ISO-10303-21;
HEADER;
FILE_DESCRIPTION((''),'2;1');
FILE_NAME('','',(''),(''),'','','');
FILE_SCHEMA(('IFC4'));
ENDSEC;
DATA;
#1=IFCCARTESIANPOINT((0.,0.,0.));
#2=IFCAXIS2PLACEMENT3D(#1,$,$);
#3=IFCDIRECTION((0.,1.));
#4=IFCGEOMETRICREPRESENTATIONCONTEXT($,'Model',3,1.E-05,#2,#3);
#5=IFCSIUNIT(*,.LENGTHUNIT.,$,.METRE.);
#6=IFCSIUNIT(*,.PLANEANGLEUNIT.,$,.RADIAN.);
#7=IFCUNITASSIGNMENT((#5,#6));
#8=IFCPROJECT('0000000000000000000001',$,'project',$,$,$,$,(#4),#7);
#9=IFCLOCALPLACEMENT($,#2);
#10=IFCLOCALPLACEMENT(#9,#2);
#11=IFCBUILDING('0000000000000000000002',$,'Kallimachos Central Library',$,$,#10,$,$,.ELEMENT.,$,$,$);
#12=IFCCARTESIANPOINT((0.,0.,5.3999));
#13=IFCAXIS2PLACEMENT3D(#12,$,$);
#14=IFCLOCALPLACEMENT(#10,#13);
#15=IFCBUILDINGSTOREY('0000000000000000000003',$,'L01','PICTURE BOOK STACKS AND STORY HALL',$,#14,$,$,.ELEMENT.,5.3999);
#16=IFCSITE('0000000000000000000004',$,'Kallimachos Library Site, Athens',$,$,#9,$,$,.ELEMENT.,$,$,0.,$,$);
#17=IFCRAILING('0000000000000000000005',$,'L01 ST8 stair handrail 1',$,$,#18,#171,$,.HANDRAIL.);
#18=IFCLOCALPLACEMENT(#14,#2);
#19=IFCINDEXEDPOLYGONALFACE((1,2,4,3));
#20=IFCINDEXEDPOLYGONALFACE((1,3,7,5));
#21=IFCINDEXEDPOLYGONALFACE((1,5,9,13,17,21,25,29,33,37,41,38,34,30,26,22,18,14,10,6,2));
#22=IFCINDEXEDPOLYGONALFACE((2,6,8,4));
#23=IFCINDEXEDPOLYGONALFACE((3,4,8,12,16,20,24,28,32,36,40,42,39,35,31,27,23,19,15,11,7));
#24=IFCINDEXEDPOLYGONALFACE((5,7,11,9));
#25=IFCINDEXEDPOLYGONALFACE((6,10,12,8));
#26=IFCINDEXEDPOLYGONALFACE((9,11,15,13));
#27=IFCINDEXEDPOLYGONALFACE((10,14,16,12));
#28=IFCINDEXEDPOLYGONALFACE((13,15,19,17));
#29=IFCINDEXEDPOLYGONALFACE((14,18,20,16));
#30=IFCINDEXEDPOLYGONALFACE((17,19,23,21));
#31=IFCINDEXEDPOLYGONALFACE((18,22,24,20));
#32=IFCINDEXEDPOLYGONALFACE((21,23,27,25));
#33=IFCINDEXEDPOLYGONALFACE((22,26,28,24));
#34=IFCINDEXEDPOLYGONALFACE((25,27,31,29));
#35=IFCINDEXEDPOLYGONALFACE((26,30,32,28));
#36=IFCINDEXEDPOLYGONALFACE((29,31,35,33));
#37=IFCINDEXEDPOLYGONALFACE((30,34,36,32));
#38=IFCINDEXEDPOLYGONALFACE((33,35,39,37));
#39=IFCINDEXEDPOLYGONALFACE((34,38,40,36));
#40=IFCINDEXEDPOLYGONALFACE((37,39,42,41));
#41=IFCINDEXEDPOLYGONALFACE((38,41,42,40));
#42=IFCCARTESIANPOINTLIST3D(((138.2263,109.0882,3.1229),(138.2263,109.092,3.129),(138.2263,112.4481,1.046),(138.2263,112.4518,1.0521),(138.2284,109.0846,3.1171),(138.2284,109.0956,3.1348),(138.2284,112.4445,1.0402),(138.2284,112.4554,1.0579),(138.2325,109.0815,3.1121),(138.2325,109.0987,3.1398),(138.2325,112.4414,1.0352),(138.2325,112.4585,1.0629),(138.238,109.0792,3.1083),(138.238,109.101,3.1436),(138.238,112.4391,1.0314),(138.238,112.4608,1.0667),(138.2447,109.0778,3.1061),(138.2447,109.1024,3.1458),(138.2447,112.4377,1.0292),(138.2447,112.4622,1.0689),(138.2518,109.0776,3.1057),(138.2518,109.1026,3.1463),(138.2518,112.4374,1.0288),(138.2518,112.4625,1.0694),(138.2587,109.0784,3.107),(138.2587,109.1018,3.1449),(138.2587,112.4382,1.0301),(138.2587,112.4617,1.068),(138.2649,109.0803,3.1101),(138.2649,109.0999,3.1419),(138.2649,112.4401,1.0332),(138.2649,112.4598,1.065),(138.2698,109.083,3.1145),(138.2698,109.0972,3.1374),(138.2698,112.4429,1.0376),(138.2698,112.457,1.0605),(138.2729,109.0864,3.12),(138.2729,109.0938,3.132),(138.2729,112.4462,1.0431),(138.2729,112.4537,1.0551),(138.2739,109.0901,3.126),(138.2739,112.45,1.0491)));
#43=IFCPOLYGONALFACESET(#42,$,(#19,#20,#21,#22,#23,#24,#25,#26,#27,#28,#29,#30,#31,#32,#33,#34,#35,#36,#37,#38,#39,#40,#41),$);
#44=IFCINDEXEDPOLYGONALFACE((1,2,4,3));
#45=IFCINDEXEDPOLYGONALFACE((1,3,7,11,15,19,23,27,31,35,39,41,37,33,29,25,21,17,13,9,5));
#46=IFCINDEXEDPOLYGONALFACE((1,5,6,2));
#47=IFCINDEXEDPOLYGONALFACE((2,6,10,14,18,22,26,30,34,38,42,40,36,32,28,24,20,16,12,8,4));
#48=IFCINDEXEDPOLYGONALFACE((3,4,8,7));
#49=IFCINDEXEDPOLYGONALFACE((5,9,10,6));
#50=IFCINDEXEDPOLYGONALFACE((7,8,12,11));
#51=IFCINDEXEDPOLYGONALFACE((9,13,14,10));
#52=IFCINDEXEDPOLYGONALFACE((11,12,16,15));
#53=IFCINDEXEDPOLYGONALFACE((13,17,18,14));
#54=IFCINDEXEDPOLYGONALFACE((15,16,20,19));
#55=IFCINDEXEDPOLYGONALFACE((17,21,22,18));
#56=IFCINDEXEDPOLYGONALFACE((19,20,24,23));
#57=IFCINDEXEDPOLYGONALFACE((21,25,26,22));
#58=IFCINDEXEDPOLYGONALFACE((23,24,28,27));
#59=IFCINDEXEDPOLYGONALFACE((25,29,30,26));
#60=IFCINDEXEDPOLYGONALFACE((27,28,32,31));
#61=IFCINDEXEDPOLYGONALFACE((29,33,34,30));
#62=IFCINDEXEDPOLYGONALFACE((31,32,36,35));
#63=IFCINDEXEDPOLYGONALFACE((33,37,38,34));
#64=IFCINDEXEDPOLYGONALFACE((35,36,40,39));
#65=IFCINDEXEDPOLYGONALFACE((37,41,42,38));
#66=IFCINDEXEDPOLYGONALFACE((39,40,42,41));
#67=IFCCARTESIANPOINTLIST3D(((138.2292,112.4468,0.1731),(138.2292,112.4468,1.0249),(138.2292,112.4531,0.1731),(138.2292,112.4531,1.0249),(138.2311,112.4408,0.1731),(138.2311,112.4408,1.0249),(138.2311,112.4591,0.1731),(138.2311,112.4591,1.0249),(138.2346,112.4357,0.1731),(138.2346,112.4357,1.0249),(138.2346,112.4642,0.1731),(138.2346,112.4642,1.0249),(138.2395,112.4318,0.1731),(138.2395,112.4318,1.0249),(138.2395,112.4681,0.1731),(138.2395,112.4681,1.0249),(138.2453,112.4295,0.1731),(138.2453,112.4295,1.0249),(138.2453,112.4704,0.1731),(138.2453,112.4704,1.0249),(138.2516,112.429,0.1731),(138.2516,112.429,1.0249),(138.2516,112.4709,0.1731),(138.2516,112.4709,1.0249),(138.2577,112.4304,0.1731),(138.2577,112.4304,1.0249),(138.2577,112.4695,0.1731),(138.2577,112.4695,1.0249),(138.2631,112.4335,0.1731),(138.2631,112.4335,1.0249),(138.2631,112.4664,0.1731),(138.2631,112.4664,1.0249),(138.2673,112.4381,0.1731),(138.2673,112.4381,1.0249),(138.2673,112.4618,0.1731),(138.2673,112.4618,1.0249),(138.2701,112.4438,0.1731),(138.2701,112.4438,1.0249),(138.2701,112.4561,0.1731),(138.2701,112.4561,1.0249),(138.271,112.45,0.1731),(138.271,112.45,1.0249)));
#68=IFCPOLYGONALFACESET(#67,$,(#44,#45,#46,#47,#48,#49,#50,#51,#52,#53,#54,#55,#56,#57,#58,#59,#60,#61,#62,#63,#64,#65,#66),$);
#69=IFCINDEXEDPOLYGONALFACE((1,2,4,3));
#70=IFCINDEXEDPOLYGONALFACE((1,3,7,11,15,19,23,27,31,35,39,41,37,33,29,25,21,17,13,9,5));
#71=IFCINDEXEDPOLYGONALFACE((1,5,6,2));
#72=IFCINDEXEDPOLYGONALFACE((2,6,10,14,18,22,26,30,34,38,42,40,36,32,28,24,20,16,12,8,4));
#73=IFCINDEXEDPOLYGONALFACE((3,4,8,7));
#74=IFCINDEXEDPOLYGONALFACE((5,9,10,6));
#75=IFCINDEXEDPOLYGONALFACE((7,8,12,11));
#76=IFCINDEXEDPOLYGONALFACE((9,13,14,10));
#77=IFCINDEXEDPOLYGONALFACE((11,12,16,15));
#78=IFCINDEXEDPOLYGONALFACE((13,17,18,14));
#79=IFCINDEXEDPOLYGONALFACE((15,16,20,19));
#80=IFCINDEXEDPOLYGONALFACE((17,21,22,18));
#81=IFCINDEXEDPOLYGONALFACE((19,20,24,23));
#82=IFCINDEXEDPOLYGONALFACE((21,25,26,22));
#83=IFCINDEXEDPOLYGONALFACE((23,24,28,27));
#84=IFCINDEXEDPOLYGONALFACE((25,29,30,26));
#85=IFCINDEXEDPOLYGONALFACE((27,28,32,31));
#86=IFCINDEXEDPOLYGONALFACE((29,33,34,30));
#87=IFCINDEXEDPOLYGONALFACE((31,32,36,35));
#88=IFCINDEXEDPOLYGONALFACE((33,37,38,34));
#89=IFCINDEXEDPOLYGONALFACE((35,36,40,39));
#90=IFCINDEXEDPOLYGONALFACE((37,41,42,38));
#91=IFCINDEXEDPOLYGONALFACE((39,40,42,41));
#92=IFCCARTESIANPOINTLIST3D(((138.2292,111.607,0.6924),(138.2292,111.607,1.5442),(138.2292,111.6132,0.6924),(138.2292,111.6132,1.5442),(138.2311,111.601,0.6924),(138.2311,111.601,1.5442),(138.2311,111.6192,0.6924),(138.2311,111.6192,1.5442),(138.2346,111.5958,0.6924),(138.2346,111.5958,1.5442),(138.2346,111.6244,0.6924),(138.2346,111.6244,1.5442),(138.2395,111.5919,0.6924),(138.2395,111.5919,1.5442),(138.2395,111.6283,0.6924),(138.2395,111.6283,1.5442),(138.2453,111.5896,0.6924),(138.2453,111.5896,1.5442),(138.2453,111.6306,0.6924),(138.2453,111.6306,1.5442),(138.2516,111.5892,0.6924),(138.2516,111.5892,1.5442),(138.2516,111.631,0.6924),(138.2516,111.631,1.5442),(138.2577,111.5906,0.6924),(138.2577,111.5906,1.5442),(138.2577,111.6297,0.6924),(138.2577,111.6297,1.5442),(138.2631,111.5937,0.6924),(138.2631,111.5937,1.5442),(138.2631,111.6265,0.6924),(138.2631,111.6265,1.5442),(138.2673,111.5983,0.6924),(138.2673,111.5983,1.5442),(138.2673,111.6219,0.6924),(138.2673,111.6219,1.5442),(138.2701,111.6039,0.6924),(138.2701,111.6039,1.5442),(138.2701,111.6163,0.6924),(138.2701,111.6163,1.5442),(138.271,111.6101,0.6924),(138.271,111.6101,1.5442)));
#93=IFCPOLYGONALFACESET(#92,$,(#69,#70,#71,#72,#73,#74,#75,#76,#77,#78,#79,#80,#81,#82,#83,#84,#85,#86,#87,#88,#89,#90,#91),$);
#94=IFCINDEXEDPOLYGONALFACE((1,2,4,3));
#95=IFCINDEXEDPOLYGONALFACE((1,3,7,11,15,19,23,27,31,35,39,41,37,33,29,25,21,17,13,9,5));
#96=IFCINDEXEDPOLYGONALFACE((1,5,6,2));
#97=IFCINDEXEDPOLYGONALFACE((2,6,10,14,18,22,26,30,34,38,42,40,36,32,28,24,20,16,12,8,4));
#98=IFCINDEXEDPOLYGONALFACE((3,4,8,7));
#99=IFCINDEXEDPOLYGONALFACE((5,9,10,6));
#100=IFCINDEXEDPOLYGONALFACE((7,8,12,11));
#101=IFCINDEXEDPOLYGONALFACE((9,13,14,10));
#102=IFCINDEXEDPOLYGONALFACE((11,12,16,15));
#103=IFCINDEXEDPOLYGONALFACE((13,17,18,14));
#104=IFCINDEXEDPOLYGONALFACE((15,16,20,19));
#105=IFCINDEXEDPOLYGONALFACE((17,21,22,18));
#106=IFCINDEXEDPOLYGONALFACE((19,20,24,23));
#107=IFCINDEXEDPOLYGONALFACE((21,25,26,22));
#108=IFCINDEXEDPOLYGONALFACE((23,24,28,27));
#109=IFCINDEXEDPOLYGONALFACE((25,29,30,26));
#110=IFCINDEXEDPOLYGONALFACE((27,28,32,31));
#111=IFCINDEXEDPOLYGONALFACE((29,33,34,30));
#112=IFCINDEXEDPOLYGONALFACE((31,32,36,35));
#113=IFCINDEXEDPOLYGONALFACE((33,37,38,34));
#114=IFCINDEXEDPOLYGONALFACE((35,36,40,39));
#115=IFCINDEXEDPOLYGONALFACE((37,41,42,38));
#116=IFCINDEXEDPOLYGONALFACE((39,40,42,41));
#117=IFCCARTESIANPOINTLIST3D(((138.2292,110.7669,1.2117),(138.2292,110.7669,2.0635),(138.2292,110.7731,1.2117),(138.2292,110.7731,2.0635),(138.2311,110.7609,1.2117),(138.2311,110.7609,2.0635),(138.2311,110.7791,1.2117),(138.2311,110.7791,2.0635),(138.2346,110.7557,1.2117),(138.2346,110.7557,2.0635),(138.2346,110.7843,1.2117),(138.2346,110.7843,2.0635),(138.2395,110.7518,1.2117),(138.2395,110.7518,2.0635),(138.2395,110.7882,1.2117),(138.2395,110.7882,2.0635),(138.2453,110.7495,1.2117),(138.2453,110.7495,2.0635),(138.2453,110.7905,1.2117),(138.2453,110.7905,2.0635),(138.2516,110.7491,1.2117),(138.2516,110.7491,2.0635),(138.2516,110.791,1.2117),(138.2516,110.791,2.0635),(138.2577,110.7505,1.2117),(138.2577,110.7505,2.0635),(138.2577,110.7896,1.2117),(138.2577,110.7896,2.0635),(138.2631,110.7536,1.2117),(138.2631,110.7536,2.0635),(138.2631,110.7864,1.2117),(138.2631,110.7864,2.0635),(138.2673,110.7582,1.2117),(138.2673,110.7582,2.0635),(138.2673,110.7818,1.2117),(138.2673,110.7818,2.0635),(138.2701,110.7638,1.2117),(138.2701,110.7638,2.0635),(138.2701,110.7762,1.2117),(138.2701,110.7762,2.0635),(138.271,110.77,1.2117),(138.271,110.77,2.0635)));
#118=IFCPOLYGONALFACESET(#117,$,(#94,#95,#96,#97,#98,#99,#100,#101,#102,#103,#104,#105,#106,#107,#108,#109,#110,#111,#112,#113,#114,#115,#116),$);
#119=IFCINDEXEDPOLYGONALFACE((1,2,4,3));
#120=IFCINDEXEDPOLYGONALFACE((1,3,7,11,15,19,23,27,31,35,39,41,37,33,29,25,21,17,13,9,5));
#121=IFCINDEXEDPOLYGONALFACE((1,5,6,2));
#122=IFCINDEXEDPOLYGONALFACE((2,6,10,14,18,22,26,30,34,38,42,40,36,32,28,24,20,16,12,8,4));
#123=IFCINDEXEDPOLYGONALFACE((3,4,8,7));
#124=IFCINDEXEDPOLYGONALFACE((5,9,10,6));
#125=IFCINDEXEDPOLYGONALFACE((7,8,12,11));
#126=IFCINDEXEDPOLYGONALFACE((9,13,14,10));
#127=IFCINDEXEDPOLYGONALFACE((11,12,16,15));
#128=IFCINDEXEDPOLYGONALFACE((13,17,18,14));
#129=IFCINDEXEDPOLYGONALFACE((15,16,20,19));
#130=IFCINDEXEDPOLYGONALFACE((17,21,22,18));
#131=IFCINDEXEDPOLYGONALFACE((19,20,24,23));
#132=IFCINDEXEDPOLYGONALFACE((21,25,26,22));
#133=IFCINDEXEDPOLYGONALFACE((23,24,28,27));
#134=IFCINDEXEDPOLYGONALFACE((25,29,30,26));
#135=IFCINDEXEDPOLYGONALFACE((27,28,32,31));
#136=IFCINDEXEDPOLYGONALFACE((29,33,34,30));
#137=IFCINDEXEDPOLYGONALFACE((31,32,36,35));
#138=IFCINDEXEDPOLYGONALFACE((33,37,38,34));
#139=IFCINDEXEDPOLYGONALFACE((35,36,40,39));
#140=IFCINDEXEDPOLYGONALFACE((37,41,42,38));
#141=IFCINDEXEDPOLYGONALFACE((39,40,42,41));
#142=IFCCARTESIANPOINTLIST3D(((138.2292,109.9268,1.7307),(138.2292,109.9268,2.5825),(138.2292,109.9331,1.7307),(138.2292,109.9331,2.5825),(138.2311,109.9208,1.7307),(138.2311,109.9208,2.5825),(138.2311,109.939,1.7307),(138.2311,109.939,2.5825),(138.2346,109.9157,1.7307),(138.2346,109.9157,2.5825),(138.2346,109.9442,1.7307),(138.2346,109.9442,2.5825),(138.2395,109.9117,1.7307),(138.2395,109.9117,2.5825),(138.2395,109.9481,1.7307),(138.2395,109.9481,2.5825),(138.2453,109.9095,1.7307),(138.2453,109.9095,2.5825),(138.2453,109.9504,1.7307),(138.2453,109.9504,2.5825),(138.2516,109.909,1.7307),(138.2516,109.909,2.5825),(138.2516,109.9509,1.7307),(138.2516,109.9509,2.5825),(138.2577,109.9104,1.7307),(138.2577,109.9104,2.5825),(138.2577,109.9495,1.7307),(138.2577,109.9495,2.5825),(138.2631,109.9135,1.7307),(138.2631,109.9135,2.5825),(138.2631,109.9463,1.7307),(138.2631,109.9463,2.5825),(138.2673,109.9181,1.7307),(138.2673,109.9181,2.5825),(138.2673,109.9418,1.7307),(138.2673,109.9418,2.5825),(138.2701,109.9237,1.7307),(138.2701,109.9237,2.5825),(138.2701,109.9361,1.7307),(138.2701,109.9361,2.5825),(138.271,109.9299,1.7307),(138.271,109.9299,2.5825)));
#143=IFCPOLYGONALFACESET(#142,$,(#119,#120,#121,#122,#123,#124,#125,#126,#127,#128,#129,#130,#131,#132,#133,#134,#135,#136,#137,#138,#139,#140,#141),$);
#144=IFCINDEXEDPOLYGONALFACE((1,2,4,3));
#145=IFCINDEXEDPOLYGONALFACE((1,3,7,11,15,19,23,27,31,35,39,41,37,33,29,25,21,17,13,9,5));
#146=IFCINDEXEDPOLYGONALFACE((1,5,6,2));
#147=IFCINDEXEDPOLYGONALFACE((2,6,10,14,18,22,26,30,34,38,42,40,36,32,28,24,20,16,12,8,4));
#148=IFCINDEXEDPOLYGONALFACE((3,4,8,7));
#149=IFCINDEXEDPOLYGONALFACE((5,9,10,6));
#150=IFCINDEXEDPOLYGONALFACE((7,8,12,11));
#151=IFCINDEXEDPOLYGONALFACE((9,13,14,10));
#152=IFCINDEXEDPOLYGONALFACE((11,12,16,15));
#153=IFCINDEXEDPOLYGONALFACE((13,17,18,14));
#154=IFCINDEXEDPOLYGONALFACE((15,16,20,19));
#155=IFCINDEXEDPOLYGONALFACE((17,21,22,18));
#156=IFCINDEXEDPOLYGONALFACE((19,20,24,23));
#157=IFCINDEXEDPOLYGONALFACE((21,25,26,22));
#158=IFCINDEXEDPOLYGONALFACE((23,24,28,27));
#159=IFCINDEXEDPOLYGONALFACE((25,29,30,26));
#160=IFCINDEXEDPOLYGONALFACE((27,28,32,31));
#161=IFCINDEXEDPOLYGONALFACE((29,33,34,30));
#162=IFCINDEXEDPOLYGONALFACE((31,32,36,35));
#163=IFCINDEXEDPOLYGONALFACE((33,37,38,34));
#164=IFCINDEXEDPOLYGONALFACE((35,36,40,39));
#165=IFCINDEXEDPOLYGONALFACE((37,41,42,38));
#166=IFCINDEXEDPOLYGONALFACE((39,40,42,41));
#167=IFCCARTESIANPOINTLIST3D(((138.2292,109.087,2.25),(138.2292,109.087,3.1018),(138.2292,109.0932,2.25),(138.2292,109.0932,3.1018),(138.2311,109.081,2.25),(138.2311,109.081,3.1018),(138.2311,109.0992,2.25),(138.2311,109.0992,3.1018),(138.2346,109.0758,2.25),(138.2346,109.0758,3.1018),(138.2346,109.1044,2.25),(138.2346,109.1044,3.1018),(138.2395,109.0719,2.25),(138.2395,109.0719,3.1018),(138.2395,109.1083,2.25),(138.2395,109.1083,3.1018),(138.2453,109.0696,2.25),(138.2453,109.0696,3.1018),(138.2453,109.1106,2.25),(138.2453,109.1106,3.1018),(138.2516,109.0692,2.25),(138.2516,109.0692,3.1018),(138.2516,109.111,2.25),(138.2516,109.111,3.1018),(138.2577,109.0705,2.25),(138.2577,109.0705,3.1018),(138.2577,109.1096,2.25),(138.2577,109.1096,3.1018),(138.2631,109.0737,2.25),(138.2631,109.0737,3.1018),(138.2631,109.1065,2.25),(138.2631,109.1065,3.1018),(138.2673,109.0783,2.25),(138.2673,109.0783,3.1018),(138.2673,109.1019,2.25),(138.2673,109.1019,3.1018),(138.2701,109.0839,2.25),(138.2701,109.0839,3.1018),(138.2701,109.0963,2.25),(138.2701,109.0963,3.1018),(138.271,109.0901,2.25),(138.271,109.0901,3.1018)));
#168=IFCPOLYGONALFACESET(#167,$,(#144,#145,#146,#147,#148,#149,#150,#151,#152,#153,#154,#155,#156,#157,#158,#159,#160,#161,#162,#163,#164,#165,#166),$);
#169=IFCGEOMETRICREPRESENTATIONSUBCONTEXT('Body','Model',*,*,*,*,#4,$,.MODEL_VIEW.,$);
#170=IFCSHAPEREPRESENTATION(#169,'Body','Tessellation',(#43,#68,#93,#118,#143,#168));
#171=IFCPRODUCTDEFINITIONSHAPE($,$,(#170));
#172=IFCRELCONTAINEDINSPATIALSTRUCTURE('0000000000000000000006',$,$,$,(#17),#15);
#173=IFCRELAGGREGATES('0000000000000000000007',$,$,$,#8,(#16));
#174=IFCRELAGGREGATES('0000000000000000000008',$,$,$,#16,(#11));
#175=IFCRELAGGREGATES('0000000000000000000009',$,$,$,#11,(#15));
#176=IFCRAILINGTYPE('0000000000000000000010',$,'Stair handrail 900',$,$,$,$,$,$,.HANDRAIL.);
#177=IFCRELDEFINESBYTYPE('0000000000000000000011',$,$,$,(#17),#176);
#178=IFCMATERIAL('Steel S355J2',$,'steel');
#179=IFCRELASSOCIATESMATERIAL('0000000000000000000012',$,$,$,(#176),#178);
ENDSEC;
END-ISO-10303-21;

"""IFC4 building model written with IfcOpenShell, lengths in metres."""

from ifc_helpers import new_model, si_unit, direction, frame, origin, origin_2d, place, context, subcontext, project, spatial, circle, extrude, material, type_object, element, save


model = new_model("IFC4")

# Units and contexts
model_context = context("Model", 3, precision=1e-05, world=origin(), true_north=direction((0.0, 1.0)))
body_context = subcontext(model_context, "Body", "Model", "MODEL_VIEW")
ifc_project = project(units=[si_unit("LENGTHUNIT", "METRE"), si_unit("PLANEANGLEUNIT", "RADIAN")], contexts=[model_context])

# Site, building, storey
site_placement = place(None, origin())
site = spatial("IfcSite", under=ifc_project, at=site_placement, Name="Kallimachos Library Site, Athens", CompositionType="ELEMENT", RefElevation=0.0)
building_placement = place(site_placement, origin())
building = spatial("IfcBuilding", under=site, at=building_placement, Name="Kallimachos Central Library", CompositionType="ELEMENT")
storey_placement = place(building_placement, frame((0.0, 0.0, 5.3999)))
storey = spatial("IfcBuildingStorey", under=building, at=storey_placement, Name="L01", Description="PICTURE BOOK STACKS AND STORY HALL", CompositionType="ELEMENT", Elevation=5.3999)

# Railing
ifc_material_1 = material(Name="Steel S355J2", Category="steel")
railing_type_1 = type_object("IfcRailingType", Name="Stair handrail 900", PredefinedType="HANDRAIL", material=ifc_material_1)
railing_1_placement = place(storey_placement, frame((138.25, 112.45, 0.1731)))
element("IfcRailing", 1, at=railing_1_placement, inside=storey, type_object=railing_type_1, Name="L01 ST8 stair handrail 1", PredefinedType="HANDRAIL", context=body_context, shape_type="SweptSolid", body=[
    extrude(circle(Radius=0.0239, at=origin_2d()), frame((0.0, 0.0, 0.876), z_axis=(0.0, -0.850606, 0.525803), x_axis=(1.0, 0.0, 0.0)), (0.0, 0.0, 1.0), 3.95),
    extrude(circle(Radius=0.021, at=origin_2d()), origin(), (0.0, 0.0, 1.0), 0.8518),
    extrude(circle(Radius=0.021, at=origin_2d()), frame((0.0, -0.8398, 0.5193)), (0.0, 0.0, 1.0), 0.8518),
    extrude(circle(Radius=0.021, at=origin_2d()), frame((0.0, -1.6799, 1.0386)), (0.0, 0.0, 1.0), 0.8518),
    extrude(circle(Radius=0.021, at=origin_2d()), frame((0.0, -2.52, 1.5576)), (0.0, 0.0, 1.0), 0.8518),
    extrude(circle(Radius=0.021, at=origin_2d()), frame((0.0, -3.3599, 2.0769)), (0.0, 0.0, 1.0), 0.8518),
])

save(model, "model.ifc")
